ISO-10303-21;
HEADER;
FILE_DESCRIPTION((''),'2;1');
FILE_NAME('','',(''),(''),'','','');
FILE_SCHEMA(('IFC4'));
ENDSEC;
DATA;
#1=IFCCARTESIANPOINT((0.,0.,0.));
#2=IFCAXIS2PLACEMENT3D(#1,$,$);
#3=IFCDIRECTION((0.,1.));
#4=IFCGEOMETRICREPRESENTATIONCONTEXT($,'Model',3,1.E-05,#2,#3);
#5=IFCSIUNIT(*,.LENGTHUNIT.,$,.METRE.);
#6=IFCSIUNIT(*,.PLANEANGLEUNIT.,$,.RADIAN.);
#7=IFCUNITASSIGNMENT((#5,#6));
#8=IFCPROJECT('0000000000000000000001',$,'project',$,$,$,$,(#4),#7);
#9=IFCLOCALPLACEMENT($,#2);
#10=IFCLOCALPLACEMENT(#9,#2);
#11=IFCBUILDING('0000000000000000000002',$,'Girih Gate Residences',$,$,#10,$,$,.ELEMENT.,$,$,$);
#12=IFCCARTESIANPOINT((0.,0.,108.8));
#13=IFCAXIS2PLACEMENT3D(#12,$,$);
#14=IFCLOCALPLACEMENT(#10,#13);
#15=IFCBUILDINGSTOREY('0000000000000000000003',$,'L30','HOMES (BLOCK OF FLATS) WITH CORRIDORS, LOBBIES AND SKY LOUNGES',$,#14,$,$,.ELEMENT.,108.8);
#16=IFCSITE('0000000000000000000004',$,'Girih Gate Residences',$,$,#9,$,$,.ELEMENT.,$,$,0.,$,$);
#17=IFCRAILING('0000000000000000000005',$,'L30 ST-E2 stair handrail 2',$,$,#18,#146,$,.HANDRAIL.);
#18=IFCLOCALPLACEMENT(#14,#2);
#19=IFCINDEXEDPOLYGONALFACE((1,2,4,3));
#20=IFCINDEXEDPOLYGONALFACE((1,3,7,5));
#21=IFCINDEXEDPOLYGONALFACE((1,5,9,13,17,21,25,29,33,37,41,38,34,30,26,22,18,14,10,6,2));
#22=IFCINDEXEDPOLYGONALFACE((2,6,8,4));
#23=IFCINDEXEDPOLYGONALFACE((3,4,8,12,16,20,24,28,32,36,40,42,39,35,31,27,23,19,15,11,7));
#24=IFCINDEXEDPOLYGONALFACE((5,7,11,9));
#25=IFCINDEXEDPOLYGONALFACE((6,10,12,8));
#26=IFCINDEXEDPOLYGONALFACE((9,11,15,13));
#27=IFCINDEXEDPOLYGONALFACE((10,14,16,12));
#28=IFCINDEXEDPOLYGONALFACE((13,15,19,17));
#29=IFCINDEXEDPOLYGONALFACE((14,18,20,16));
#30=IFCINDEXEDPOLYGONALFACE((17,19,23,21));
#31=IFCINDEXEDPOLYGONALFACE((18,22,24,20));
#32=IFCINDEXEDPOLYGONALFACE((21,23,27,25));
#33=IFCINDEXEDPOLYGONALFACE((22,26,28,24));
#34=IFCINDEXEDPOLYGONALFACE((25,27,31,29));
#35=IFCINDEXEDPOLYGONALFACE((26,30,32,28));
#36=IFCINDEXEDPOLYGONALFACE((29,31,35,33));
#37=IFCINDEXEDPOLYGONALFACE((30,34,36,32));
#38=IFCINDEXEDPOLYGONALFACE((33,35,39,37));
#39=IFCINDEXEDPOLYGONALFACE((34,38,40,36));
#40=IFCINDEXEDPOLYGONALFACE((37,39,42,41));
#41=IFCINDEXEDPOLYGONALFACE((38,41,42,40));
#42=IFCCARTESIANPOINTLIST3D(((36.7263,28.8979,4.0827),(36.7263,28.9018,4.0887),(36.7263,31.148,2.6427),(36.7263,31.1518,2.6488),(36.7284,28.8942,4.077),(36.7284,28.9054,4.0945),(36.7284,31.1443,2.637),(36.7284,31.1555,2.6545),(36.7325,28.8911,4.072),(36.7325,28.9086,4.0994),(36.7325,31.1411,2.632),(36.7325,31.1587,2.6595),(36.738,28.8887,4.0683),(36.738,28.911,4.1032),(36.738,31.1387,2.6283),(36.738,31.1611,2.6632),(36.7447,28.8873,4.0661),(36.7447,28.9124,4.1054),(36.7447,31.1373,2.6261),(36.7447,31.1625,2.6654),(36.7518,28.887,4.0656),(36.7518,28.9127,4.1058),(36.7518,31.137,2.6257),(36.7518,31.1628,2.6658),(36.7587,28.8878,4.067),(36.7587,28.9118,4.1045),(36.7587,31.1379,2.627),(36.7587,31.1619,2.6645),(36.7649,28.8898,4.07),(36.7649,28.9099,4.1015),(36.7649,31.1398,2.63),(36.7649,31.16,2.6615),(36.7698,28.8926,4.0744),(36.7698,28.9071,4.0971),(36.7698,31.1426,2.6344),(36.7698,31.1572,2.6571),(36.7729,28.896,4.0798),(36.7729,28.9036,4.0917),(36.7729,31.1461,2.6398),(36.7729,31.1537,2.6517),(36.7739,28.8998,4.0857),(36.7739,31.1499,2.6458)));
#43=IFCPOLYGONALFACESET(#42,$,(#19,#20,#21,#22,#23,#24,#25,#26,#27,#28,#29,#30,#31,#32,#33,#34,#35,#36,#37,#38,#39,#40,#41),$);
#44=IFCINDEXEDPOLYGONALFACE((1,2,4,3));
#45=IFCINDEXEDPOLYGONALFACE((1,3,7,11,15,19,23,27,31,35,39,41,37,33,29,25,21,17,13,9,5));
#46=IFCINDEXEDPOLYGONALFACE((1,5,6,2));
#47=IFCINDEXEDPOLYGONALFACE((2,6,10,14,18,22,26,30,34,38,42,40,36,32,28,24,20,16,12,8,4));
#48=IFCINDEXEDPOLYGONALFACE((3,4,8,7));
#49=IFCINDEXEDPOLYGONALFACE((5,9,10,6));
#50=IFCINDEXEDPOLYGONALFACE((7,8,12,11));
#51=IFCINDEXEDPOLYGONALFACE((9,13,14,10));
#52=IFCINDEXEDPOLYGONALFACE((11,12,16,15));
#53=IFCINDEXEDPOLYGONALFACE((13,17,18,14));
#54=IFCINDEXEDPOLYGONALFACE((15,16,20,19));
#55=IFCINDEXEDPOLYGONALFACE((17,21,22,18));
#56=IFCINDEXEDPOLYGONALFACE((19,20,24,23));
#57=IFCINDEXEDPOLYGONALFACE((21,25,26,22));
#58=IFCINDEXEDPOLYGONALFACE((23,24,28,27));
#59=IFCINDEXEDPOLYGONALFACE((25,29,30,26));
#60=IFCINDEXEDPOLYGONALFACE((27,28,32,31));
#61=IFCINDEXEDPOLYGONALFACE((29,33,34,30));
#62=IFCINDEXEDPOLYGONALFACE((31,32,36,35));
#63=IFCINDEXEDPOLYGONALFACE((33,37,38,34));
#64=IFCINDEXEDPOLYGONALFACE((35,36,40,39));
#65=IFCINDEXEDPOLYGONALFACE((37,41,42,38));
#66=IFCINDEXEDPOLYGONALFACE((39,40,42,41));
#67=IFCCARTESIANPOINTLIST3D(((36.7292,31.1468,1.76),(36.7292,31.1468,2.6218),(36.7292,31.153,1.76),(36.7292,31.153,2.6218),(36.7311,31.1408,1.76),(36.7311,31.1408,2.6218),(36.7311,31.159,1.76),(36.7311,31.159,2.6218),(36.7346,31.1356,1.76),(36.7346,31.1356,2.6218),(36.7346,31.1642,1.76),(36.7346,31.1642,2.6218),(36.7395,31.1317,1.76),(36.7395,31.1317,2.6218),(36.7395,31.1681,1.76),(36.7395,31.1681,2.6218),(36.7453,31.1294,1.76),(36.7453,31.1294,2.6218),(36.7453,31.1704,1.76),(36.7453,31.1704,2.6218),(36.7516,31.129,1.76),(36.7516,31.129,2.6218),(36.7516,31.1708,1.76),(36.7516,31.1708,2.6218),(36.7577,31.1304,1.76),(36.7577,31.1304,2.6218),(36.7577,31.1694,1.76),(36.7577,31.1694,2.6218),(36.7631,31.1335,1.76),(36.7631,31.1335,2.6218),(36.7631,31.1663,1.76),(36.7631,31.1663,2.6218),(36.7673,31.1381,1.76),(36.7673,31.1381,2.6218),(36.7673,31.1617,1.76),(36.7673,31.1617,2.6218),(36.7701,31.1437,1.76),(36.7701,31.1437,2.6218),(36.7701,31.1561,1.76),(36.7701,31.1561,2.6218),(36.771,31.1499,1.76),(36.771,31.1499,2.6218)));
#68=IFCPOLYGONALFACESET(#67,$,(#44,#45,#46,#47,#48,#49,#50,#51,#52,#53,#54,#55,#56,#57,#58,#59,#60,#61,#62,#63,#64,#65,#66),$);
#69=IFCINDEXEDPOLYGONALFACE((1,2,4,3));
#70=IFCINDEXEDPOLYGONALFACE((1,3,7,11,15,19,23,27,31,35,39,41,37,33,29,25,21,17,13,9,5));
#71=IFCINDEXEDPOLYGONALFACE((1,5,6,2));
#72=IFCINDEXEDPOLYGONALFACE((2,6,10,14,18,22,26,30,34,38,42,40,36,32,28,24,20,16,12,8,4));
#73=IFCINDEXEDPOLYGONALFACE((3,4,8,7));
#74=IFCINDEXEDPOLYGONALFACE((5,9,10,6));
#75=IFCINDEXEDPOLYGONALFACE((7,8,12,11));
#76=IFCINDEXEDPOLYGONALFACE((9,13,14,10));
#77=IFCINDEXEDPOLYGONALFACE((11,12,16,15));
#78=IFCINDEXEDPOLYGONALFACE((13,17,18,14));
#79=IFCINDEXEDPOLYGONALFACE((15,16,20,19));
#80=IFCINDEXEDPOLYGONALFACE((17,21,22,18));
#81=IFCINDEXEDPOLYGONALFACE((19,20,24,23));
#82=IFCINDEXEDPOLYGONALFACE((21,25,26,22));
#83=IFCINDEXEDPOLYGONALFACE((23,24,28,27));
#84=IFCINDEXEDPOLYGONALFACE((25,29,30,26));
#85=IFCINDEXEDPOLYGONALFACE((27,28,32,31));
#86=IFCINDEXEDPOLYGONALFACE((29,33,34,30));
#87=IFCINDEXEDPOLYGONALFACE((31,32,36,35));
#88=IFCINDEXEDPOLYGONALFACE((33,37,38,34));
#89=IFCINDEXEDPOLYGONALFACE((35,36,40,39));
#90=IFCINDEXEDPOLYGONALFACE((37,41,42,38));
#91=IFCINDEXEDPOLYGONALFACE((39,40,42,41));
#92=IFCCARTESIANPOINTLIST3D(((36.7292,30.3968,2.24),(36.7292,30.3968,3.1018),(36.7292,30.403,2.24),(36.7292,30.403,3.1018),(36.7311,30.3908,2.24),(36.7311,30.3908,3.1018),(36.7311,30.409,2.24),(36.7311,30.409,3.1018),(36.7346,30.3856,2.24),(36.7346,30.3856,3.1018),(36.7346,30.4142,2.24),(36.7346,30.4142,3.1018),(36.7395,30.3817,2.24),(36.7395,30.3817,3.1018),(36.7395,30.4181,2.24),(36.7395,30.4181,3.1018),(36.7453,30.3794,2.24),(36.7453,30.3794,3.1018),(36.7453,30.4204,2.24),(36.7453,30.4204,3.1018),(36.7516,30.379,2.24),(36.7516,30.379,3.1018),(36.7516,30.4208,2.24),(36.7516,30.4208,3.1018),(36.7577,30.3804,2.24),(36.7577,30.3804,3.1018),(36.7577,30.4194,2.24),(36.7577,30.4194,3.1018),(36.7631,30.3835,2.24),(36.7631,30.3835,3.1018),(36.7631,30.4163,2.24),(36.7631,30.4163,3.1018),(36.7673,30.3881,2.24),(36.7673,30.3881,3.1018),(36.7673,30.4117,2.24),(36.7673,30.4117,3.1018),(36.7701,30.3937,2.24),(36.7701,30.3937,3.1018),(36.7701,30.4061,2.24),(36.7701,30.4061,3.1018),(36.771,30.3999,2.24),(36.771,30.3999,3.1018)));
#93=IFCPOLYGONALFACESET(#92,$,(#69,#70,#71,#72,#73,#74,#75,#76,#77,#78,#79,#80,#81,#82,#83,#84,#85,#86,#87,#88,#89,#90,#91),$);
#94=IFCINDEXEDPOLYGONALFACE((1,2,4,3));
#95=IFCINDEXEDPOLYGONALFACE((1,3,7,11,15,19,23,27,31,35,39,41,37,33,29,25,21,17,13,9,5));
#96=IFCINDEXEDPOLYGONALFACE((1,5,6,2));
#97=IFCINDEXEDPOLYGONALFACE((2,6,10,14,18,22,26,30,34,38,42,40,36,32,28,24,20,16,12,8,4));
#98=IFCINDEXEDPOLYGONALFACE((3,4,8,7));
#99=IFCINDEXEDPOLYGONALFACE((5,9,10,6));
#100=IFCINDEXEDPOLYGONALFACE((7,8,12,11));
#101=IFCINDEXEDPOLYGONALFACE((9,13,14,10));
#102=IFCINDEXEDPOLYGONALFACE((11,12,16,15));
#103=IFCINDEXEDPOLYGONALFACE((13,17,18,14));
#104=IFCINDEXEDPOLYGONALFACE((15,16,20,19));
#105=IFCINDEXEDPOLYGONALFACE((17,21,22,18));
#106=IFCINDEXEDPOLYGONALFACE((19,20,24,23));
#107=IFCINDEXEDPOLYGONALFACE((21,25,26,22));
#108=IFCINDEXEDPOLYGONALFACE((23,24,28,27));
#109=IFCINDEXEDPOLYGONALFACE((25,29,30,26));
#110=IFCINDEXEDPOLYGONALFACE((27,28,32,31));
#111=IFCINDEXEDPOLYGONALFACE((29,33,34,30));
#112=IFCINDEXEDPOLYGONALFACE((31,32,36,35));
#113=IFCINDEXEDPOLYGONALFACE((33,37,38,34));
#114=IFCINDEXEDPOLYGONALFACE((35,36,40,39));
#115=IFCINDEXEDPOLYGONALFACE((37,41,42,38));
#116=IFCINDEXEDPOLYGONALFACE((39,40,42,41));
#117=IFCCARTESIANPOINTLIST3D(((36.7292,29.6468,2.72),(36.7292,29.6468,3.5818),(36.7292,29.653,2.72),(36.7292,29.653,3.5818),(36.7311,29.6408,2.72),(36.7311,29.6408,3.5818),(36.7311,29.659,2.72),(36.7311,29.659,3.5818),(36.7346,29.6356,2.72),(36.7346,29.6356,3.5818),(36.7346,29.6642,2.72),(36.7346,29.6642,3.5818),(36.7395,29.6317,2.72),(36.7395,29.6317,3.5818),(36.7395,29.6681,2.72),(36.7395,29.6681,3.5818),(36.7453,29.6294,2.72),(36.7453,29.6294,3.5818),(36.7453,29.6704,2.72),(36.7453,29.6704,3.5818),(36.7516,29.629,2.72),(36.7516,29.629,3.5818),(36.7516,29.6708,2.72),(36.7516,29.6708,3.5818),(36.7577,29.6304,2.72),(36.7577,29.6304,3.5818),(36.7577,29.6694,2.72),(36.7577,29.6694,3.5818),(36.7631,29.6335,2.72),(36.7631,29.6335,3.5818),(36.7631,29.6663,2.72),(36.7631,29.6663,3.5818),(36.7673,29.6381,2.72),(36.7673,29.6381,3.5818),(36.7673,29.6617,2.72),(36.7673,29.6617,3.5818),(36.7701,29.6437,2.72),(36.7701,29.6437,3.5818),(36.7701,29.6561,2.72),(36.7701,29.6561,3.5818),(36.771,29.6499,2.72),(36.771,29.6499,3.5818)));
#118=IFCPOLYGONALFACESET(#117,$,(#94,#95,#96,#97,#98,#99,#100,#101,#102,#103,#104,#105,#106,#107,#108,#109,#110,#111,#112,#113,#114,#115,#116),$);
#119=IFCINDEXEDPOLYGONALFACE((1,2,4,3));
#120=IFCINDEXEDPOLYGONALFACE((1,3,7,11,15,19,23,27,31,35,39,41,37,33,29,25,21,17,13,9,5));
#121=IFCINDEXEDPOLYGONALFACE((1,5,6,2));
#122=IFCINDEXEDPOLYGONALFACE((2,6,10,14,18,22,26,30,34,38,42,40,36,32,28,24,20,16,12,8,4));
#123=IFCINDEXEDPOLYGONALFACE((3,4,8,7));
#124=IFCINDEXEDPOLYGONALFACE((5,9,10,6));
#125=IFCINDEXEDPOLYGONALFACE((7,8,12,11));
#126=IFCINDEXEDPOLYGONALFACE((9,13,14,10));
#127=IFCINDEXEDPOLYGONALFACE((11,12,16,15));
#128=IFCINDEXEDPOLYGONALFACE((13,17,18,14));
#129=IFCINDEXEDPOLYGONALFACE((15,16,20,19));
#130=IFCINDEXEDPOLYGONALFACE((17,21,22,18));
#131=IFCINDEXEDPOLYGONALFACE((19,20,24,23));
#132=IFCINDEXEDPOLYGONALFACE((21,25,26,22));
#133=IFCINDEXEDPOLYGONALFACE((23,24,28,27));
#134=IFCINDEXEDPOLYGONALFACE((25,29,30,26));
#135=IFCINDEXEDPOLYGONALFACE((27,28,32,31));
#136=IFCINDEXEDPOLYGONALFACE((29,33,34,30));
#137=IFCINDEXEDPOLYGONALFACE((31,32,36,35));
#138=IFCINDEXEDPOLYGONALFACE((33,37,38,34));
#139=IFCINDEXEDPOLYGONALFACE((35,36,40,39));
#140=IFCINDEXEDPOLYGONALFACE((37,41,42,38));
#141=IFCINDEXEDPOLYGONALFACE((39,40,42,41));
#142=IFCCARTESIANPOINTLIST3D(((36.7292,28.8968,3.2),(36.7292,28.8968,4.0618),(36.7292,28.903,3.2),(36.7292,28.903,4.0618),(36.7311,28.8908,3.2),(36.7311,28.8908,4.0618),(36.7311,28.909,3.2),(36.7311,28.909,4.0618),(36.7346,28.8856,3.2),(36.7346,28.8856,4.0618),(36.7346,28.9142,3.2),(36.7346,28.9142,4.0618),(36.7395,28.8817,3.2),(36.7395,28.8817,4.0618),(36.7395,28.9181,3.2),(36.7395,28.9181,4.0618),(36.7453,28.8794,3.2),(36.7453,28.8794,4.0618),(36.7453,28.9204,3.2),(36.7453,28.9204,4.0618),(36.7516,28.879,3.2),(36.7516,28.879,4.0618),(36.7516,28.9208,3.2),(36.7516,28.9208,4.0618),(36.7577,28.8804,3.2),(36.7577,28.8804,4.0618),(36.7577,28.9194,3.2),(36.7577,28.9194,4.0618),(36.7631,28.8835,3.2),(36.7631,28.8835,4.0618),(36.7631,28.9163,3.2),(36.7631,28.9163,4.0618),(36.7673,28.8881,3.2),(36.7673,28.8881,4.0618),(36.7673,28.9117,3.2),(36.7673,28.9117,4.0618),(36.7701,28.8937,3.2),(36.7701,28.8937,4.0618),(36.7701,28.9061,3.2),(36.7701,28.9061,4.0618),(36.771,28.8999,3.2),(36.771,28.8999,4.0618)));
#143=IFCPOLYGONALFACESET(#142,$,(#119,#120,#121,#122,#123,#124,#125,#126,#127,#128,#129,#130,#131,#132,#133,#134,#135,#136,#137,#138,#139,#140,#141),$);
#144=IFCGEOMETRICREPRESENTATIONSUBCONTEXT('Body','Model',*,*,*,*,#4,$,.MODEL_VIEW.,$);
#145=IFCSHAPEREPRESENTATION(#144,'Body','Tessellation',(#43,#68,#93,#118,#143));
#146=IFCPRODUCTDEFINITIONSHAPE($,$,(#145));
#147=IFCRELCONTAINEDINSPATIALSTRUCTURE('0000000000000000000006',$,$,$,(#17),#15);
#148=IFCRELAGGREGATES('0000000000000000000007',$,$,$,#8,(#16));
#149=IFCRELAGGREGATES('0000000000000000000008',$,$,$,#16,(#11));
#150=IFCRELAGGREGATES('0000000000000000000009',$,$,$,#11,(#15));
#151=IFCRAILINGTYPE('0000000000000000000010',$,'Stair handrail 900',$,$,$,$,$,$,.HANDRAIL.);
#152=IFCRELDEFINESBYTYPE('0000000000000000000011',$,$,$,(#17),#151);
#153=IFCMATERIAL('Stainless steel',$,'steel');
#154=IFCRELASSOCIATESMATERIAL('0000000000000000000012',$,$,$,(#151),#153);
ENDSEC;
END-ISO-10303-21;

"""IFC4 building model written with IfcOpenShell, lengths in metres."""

from ifc_helpers import new_model, si_unit, direction, frame, origin, origin_2d, place, context, subcontext, project, spatial, circle, extrude, material, type_object, element, save


model = new_model("IFC4")

# Units and contexts
model_context = context("Model", 3, precision=1e-05, world=origin(), true_north=direction((0.0, 1.0)))
body_context = subcontext(model_context, "Body", "Model", "MODEL_VIEW")
ifc_project = project(units=[si_unit("LENGTHUNIT", "METRE"), si_unit("PLANEANGLEUNIT", "RADIAN")], contexts=[model_context])

# Site, building, storey
site_placement = place(None, origin())
site = spatial("IfcSite", under=ifc_project, at=site_placement, Name="Girih Gate Residences", CompositionType="ELEMENT", RefElevation=0.0)
building_placement = place(site_placement, origin())
building = spatial("IfcBuilding", under=site, at=building_placement, Name="Girih Gate Residences", CompositionType="ELEMENT")
storey_placement = place(building_placement, frame((0.0, 0.0, 108.8)))
storey = spatial("IfcBuildingStorey", under=building, at=storey_placement, Name="L30", Description="HOMES (BLOCK OF FLATS) WITH CORRIDORS, LOBBIES AND SKY LOUNGES", CompositionType="ELEMENT", Elevation=108.8)

# Railing
ifc_material_1 = material(Name="Stainless steel", Category="steel")
railing_type_1 = type_object("IfcRailingType", Name="Stair handrail 900", PredefinedType="HANDRAIL", material=ifc_material_1)
railing_1_placement = place(storey_placement, frame((36.75, 31.1499, 1.76)))
element("IfcRailing", 1, at=railing_1_placement, inside=storey, type_object=railing_type_1, Name="L30 ST-E2 stair handrail 2", PredefinedType="HANDRAIL", context=body_context, shape_type="SweptSolid", body=[
    extrude(circle(Radius=0.0239, at=origin_2d()), frame((0.0, 0.0, 0.8857), z_axis=(0.0, -0.842281, 0.539038), x_axis=(1.0, 0.0, 0.0)), (0.0, 0.0, 1.0), 2.6714),
    extrude(circle(Radius=0.021, at=origin_2d()), origin(), (0.0, 0.0, 1.0), 0.8618),
    extrude(circle(Radius=0.021, at=origin_2d()), frame((0.0, -0.75, 0.48)), (0.0, 0.0, 1.0), 0.8618),
    extrude(circle(Radius=0.021, at=origin_2d()), frame((0.0, -1.5, 0.96)), (0.0, 0.0, 1.0), 0.8618),
    extrude(circle(Radius=0.021, at=origin_2d()), frame((0.0, -2.25, 1.4399)), (0.0, 0.0, 1.0), 0.8618),
])

save(model, "model.ifc")
